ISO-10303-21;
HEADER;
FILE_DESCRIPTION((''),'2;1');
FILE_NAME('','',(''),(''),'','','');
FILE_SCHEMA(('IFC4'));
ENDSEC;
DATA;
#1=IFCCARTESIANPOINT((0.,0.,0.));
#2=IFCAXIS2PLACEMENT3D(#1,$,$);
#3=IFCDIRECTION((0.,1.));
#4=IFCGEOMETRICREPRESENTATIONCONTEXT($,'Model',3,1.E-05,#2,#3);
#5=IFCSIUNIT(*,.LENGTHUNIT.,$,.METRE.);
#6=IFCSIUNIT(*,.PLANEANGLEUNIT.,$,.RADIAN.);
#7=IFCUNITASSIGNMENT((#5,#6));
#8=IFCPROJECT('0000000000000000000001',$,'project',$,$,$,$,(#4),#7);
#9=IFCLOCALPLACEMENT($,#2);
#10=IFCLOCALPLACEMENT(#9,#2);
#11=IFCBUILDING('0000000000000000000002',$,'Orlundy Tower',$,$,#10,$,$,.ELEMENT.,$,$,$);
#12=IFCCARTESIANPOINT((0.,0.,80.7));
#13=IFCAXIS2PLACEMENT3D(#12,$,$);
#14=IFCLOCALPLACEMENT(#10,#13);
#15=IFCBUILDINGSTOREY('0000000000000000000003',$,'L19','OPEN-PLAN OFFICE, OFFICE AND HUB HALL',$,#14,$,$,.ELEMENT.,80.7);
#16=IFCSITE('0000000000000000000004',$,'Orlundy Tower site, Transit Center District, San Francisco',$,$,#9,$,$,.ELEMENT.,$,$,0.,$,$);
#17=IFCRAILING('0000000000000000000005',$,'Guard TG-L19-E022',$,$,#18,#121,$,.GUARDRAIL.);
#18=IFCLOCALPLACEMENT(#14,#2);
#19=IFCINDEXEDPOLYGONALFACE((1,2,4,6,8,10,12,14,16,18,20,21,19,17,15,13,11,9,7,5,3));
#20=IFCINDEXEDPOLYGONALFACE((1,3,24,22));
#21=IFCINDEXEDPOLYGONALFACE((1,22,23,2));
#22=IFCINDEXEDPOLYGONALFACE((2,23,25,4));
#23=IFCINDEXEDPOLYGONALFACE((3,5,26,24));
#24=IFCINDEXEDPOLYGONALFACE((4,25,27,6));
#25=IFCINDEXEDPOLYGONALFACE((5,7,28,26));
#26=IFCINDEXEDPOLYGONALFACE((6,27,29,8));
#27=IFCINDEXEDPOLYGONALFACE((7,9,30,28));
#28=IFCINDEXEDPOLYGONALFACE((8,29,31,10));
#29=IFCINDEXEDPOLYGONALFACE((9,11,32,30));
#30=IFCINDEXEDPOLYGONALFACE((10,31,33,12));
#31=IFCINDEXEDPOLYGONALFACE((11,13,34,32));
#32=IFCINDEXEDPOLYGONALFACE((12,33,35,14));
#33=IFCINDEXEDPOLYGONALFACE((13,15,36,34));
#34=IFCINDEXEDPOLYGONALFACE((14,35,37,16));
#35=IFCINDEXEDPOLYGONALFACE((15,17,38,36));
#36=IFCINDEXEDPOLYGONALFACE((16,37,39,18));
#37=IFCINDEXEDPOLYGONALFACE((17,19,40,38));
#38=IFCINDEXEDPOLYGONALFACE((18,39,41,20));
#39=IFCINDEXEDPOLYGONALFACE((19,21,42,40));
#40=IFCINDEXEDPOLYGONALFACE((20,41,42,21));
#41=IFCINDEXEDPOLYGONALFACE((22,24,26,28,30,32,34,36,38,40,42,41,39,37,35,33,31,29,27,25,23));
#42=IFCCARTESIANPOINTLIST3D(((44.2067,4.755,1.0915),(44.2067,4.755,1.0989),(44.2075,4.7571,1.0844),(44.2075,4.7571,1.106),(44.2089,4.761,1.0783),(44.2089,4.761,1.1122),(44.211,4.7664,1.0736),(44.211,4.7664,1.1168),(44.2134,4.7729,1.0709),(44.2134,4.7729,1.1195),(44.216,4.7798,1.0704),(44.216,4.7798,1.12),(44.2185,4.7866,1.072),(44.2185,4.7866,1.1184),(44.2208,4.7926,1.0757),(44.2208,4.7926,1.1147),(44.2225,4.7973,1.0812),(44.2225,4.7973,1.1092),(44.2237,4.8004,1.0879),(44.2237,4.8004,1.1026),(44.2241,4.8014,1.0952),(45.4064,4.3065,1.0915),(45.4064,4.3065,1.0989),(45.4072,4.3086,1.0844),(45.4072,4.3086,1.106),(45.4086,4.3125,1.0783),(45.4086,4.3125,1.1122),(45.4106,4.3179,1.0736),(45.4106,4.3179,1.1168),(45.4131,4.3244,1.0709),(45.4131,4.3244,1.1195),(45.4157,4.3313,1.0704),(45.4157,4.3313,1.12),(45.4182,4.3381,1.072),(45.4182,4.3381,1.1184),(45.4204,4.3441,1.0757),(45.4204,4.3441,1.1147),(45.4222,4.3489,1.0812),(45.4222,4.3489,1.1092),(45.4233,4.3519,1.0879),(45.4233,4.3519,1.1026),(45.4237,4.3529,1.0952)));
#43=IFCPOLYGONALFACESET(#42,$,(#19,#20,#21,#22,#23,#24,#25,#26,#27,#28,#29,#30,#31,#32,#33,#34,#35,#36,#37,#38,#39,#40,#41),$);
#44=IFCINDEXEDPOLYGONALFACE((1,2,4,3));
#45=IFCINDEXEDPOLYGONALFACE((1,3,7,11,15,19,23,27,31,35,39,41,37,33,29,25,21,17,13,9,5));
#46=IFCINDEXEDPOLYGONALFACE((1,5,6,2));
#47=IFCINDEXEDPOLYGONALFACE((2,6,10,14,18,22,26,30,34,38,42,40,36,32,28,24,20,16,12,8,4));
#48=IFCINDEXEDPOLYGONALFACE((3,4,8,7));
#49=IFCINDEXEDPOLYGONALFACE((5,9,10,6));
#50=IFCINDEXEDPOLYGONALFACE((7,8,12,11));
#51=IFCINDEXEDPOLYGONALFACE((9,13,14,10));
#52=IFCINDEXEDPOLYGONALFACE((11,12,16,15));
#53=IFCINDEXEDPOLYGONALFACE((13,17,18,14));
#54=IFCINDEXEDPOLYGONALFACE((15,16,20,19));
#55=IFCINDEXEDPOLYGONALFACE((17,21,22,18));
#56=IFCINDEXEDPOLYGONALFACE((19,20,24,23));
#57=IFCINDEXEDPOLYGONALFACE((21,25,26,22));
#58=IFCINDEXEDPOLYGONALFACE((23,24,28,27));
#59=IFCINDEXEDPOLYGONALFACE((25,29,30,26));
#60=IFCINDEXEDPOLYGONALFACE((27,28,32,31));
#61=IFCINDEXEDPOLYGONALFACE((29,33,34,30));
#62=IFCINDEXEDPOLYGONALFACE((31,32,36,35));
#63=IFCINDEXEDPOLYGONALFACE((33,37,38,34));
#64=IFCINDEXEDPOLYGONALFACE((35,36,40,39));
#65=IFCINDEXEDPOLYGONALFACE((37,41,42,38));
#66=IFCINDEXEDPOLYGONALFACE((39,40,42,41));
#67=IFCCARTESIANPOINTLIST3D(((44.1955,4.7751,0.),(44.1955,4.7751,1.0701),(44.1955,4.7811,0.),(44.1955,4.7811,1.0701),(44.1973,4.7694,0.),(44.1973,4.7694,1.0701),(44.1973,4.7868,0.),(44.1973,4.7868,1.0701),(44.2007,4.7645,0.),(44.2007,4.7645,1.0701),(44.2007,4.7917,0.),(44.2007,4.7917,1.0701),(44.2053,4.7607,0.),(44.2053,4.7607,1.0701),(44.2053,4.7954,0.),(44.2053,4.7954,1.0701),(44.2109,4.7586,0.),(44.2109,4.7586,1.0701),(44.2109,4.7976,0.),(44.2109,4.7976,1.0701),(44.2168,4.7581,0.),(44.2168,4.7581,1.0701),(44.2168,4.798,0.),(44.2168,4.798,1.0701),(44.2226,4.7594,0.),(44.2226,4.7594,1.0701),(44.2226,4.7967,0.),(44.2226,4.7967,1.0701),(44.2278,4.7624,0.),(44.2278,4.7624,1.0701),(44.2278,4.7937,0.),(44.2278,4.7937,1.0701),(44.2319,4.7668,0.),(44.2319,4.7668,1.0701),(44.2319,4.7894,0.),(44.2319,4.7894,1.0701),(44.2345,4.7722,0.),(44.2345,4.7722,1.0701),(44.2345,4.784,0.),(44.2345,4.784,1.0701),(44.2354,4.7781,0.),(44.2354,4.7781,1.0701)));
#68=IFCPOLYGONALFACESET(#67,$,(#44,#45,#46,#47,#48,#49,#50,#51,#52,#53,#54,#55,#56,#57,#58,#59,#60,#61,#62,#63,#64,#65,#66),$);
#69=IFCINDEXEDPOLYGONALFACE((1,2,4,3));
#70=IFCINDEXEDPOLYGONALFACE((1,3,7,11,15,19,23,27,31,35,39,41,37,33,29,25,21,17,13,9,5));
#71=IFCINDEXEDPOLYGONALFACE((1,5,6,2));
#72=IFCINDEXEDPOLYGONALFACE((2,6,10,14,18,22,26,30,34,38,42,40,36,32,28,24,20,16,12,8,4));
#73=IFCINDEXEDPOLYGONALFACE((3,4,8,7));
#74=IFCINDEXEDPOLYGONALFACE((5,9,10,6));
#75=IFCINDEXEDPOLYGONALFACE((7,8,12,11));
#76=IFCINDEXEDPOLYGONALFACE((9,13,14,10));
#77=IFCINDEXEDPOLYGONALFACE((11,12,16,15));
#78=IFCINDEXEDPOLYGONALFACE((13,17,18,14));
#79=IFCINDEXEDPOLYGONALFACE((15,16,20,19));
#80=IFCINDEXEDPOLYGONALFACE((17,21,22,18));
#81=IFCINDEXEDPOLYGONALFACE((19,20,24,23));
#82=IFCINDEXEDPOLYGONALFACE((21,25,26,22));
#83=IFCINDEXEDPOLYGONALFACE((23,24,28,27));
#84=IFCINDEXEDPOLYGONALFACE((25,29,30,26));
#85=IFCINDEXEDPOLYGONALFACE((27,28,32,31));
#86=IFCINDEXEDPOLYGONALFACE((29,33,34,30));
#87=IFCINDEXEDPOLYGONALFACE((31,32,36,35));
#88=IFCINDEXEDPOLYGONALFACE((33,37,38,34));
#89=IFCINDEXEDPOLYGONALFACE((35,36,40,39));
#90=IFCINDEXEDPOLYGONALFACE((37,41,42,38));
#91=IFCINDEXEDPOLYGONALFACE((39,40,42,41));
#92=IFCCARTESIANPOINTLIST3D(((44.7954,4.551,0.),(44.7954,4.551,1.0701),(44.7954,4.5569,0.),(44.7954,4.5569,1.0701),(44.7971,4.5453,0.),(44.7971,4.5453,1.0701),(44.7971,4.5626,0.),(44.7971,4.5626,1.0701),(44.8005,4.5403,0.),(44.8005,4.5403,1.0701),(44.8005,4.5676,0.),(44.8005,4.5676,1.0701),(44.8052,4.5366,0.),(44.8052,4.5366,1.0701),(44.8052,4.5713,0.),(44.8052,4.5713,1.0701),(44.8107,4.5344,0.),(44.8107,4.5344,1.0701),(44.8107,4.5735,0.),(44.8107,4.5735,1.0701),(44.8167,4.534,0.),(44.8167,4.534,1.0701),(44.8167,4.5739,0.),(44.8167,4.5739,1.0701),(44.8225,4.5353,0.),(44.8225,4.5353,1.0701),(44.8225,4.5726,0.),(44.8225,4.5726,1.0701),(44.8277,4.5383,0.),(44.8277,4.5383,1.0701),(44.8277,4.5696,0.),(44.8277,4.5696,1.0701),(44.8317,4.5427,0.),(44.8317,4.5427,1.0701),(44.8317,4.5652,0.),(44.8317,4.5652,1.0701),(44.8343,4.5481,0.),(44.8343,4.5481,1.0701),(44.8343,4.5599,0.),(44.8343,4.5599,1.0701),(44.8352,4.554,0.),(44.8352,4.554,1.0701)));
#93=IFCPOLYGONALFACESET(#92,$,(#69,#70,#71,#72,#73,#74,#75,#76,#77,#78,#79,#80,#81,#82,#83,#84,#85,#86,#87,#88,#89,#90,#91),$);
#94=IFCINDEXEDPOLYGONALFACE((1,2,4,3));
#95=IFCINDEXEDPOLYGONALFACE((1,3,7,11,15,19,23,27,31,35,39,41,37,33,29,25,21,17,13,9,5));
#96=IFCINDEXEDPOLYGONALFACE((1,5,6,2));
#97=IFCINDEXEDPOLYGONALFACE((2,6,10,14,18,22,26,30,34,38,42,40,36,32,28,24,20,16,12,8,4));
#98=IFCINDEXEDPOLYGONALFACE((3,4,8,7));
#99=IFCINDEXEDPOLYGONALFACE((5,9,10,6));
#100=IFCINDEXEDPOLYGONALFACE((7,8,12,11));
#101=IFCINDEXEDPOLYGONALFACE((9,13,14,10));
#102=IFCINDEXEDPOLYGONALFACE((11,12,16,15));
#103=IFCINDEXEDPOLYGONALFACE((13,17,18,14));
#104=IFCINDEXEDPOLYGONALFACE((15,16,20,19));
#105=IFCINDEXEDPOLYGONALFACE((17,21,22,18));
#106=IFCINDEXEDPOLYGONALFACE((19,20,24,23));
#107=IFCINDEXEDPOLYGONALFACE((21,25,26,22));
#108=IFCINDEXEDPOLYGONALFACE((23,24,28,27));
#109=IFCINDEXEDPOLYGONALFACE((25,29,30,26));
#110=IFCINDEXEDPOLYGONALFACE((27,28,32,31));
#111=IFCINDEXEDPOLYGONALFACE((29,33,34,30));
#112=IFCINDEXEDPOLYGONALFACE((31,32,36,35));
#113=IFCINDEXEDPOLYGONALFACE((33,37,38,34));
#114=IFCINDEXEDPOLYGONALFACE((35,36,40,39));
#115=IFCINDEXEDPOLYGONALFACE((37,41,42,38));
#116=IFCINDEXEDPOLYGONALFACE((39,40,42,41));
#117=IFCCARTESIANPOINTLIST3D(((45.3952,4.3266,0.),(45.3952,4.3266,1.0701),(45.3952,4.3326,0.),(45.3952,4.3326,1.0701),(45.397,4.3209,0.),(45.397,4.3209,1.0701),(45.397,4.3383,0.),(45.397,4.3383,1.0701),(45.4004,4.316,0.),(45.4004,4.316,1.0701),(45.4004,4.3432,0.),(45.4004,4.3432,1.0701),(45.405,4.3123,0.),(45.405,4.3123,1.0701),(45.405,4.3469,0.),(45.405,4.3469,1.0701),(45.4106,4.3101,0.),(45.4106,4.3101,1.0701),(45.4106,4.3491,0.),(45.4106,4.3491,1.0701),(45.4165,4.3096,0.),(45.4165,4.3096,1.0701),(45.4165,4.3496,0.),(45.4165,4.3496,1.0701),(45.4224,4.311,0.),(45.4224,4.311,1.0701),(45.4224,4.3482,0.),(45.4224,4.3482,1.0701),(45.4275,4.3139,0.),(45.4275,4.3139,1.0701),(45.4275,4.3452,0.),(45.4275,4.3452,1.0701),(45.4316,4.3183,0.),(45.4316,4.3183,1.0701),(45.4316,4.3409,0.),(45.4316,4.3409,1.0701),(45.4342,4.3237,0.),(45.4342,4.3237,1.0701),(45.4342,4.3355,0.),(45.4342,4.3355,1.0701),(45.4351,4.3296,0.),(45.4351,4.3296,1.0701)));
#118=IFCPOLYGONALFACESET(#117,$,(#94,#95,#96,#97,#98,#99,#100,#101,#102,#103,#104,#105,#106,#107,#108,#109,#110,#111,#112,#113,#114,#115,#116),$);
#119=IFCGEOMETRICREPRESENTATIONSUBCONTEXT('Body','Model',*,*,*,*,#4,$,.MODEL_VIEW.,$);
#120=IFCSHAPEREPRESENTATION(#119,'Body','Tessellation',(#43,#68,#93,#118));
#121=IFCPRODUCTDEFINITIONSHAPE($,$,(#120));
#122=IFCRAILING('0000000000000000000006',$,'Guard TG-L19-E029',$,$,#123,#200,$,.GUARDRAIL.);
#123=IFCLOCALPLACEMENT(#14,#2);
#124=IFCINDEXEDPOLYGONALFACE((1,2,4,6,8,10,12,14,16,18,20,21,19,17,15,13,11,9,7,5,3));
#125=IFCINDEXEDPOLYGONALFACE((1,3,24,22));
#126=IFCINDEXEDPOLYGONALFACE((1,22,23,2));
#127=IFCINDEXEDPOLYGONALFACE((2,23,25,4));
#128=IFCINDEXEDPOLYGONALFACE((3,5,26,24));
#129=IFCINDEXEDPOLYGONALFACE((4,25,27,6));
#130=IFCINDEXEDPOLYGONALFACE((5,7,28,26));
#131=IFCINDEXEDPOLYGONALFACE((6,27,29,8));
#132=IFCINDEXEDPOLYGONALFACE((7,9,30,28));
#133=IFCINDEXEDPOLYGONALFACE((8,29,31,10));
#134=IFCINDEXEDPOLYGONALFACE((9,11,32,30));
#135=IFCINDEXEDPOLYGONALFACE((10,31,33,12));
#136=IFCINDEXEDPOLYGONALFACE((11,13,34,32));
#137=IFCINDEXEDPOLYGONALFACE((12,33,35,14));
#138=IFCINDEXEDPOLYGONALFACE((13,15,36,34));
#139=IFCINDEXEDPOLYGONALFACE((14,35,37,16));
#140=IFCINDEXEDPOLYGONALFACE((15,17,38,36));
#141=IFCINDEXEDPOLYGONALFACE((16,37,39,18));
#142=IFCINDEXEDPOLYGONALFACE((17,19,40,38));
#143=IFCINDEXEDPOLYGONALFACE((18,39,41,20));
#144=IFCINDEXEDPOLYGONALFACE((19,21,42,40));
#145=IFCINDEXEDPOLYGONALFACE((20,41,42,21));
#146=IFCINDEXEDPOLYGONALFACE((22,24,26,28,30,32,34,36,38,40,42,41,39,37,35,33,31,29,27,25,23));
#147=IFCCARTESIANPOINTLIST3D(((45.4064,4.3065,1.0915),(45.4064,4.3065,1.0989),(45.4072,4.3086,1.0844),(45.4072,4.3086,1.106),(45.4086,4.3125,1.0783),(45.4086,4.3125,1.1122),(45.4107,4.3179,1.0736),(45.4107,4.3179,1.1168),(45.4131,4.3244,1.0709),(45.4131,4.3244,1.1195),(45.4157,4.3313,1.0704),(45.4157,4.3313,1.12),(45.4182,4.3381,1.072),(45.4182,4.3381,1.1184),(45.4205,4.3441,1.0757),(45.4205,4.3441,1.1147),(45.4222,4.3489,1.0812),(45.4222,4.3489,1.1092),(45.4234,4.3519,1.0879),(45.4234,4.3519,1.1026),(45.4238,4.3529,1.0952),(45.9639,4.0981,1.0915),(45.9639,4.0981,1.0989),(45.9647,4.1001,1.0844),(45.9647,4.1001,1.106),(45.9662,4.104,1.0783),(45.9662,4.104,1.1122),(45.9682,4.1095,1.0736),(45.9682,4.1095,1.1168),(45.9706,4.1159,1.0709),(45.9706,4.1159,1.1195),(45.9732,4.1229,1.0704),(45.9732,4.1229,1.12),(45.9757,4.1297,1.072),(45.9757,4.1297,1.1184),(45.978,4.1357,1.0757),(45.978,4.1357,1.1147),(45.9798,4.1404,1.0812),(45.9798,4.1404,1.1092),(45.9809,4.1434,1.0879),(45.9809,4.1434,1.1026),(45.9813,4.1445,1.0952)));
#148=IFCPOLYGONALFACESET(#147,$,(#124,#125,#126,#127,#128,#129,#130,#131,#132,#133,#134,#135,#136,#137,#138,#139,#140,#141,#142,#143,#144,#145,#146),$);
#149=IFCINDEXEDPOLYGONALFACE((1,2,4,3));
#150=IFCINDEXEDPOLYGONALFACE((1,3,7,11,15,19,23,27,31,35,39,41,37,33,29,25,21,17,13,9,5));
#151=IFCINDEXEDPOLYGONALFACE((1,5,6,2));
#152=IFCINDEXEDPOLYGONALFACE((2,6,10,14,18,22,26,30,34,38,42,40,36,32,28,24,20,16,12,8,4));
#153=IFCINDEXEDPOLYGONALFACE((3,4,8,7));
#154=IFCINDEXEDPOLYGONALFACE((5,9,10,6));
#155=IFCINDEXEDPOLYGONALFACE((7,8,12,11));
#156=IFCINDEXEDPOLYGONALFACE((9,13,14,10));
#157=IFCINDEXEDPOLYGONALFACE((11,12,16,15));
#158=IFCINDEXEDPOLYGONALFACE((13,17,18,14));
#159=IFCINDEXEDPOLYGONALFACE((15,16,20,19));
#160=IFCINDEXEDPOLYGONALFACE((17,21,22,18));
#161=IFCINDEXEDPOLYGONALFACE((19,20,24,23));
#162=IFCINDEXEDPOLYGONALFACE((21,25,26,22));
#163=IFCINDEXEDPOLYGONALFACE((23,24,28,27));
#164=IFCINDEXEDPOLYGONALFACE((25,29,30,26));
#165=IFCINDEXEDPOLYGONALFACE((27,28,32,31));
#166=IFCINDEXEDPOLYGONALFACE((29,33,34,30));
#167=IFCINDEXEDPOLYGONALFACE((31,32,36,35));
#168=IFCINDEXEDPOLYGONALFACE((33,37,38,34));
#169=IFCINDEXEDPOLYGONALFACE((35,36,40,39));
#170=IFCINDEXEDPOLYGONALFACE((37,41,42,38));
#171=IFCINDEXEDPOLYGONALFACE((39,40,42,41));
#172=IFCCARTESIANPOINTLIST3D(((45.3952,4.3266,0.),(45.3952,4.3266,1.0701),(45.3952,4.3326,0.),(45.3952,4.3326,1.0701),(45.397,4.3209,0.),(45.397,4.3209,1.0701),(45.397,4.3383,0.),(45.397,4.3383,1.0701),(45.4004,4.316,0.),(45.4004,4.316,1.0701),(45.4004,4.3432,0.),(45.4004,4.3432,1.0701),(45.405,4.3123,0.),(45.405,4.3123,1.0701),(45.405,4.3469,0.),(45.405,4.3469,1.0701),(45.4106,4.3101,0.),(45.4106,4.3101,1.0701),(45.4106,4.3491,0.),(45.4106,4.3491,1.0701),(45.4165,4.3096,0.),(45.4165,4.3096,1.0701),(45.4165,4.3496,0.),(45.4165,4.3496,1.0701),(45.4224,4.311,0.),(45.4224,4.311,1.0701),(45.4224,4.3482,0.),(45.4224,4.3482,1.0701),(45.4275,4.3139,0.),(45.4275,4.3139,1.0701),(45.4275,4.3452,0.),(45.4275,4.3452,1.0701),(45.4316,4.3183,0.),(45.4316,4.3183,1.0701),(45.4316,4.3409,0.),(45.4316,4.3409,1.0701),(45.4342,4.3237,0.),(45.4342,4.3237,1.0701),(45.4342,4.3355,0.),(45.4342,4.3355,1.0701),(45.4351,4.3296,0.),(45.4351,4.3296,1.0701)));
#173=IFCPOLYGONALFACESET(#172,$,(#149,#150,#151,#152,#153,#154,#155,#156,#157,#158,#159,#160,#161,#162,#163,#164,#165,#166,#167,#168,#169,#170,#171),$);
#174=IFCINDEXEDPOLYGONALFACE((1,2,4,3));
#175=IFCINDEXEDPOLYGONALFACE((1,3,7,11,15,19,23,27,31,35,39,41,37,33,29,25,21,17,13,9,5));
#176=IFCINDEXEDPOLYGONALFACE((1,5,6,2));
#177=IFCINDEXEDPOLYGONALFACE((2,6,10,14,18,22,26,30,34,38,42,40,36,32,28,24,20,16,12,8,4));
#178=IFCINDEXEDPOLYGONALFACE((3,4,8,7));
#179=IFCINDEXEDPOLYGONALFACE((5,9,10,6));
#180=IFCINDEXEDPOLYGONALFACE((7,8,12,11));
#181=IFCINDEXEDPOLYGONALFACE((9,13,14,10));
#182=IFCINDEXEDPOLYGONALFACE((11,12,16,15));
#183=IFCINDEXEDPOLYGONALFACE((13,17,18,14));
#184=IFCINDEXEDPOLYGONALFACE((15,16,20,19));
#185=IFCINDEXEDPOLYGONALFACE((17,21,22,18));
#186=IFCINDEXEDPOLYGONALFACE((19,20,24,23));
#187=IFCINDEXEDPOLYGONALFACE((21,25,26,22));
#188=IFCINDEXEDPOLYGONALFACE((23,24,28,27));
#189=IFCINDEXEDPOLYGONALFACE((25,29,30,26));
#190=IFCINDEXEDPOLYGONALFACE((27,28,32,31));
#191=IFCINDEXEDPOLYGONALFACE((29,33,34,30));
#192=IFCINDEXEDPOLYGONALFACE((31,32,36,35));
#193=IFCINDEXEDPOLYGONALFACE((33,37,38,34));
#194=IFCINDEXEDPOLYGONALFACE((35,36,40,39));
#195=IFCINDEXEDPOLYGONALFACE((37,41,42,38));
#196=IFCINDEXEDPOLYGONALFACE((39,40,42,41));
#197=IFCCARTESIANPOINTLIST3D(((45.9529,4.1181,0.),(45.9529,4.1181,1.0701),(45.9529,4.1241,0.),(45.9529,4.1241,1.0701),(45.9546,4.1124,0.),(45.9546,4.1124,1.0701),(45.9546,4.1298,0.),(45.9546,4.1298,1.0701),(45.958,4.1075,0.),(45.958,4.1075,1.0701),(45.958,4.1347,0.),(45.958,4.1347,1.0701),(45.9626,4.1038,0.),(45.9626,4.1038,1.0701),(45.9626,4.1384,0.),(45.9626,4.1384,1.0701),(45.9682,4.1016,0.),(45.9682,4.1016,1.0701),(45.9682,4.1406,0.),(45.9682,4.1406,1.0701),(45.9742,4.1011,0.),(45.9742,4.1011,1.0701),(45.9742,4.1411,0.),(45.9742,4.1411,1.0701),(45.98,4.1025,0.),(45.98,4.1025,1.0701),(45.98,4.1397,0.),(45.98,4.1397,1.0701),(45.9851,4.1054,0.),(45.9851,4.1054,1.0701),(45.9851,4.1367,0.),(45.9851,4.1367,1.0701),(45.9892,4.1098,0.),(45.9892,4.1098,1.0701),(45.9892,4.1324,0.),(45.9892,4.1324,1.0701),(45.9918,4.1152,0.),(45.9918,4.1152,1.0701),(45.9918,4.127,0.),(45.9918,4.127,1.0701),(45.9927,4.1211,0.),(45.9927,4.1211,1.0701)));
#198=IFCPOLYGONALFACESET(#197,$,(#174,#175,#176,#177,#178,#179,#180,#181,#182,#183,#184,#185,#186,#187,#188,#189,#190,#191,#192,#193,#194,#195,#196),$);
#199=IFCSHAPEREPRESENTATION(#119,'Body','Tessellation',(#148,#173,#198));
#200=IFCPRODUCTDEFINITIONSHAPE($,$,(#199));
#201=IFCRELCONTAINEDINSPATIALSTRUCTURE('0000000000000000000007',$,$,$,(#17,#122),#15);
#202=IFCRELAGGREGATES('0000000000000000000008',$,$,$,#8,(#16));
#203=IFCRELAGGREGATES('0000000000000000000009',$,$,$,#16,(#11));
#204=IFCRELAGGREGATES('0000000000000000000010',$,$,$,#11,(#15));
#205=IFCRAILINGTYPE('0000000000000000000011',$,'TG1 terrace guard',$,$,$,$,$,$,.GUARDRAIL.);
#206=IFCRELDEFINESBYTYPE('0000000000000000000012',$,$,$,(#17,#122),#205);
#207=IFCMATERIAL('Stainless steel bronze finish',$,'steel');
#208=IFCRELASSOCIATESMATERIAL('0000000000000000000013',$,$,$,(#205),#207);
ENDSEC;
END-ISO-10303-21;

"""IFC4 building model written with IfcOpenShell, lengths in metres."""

from ifc_helpers import new_model, si_unit, direction, frame, origin, origin_2d, place, context, subcontext, project, spatial, circle, extrude, material, type_object, element, save


model = new_model("IFC4")

# Units and contexts
model_context = context("Model", 3, precision=1e-05, world=origin(), true_north=direction((0.0, 1.0)))
body_context = subcontext(model_context, "Body", "Model", "MODEL_VIEW")
ifc_project = project(units=[si_unit("LENGTHUNIT", "METRE"), si_unit("PLANEANGLEUNIT", "RADIAN")], contexts=[model_context])

# Site, building, storey
site_placement = place(None, origin())
site = spatial("IfcSite", under=ifc_project, at=site_placement, Name="Orlundy Tower site, Transit Center District, San Francisco", CompositionType="ELEMENT", RefElevation=0.0)
building_placement = place(site_placement, origin())
building = spatial("IfcBuilding", under=site, at=building_placement, Name="Orlundy Tower", CompositionType="ELEMENT")
storey_placement = place(building_placement, frame((0.0, 0.0, 80.7)))
storey = spatial("IfcBuildingStorey", under=building, at=storey_placement, Name="L19", Description="OPEN-PLAN OFFICE, OFFICE AND HUB HALL", CompositionType="ELEMENT", Elevation=80.7)

# Railings
ifc_material_1 = material(Name="Stainless steel bronze finish", Category="steel")
railing_type = type_object("IfcRailingType", Name="TG1 terrace guard", PredefinedType="GUARDRAIL", material=ifc_material_1)
railing_1_placement = place(storey_placement, frame((44.2153, 4.7781, 0.0)))
element("IfcRailing", 1, at=railing_1_placement, inside=storey, type_object=railing_type, Name="Guard TG-L19-E022", PredefinedType="GUARDRAIL", context=body_context, shape_type="SweptSolid", body=[
    extrude(circle(Radius=0.0249, at=origin_2d()), frame((0.0, 0.0, 1.0952), z_axis=(0.936689, -0.350162, 0.0), x_axis=(0.350162, 0.936689, 0.0)), (0.0, 0.0, 1.0), 1.2808),
    extrude(circle(Radius=0.02, at=origin_2d()), origin(), (0.0, 0.0, 1.0), 1.0701),
    extrude(circle(Radius=0.02, at=origin_2d()), frame((0.5999, -0.2241, 0.0)), (0.0, 0.0, 1.0), 1.0701),
    extrude(circle(Radius=0.02, at=origin_2d()), frame((1.1997, -0.4485, 0.0)), (0.0, 0.0, 1.0), 1.0701),
])
railing_2_placement = place(storey_placement, frame((45.415, 4.3296, 0.0)))
element("IfcRailing", 2, at=railing_2_placement, inside=storey, type_object=railing_type, Name="Guard TG-L19-E029", PredefinedType="GUARDRAIL", context=body_context, shape_type="SweptSolid", body=[
    extrude(circle(Radius=0.0249, at=origin_2d()), frame((0.0, 0.0, 1.0952), z_axis=(0.936666, -0.350224, 0.0), x_axis=(0.350224, 0.936666, 0.0)), (0.0, 0.0, 1.0), 0.5952),
    extrude(circle(Radius=0.02, at=origin_2d()), origin(), (0.0, 0.0, 1.0), 1.0701),
    extrude(circle(Radius=0.02, at=origin_2d()), frame((0.5576, -0.2085, 0.0)), (0.0, 0.0, 1.0), 1.0701),
])

save(model, "model.ifc")
